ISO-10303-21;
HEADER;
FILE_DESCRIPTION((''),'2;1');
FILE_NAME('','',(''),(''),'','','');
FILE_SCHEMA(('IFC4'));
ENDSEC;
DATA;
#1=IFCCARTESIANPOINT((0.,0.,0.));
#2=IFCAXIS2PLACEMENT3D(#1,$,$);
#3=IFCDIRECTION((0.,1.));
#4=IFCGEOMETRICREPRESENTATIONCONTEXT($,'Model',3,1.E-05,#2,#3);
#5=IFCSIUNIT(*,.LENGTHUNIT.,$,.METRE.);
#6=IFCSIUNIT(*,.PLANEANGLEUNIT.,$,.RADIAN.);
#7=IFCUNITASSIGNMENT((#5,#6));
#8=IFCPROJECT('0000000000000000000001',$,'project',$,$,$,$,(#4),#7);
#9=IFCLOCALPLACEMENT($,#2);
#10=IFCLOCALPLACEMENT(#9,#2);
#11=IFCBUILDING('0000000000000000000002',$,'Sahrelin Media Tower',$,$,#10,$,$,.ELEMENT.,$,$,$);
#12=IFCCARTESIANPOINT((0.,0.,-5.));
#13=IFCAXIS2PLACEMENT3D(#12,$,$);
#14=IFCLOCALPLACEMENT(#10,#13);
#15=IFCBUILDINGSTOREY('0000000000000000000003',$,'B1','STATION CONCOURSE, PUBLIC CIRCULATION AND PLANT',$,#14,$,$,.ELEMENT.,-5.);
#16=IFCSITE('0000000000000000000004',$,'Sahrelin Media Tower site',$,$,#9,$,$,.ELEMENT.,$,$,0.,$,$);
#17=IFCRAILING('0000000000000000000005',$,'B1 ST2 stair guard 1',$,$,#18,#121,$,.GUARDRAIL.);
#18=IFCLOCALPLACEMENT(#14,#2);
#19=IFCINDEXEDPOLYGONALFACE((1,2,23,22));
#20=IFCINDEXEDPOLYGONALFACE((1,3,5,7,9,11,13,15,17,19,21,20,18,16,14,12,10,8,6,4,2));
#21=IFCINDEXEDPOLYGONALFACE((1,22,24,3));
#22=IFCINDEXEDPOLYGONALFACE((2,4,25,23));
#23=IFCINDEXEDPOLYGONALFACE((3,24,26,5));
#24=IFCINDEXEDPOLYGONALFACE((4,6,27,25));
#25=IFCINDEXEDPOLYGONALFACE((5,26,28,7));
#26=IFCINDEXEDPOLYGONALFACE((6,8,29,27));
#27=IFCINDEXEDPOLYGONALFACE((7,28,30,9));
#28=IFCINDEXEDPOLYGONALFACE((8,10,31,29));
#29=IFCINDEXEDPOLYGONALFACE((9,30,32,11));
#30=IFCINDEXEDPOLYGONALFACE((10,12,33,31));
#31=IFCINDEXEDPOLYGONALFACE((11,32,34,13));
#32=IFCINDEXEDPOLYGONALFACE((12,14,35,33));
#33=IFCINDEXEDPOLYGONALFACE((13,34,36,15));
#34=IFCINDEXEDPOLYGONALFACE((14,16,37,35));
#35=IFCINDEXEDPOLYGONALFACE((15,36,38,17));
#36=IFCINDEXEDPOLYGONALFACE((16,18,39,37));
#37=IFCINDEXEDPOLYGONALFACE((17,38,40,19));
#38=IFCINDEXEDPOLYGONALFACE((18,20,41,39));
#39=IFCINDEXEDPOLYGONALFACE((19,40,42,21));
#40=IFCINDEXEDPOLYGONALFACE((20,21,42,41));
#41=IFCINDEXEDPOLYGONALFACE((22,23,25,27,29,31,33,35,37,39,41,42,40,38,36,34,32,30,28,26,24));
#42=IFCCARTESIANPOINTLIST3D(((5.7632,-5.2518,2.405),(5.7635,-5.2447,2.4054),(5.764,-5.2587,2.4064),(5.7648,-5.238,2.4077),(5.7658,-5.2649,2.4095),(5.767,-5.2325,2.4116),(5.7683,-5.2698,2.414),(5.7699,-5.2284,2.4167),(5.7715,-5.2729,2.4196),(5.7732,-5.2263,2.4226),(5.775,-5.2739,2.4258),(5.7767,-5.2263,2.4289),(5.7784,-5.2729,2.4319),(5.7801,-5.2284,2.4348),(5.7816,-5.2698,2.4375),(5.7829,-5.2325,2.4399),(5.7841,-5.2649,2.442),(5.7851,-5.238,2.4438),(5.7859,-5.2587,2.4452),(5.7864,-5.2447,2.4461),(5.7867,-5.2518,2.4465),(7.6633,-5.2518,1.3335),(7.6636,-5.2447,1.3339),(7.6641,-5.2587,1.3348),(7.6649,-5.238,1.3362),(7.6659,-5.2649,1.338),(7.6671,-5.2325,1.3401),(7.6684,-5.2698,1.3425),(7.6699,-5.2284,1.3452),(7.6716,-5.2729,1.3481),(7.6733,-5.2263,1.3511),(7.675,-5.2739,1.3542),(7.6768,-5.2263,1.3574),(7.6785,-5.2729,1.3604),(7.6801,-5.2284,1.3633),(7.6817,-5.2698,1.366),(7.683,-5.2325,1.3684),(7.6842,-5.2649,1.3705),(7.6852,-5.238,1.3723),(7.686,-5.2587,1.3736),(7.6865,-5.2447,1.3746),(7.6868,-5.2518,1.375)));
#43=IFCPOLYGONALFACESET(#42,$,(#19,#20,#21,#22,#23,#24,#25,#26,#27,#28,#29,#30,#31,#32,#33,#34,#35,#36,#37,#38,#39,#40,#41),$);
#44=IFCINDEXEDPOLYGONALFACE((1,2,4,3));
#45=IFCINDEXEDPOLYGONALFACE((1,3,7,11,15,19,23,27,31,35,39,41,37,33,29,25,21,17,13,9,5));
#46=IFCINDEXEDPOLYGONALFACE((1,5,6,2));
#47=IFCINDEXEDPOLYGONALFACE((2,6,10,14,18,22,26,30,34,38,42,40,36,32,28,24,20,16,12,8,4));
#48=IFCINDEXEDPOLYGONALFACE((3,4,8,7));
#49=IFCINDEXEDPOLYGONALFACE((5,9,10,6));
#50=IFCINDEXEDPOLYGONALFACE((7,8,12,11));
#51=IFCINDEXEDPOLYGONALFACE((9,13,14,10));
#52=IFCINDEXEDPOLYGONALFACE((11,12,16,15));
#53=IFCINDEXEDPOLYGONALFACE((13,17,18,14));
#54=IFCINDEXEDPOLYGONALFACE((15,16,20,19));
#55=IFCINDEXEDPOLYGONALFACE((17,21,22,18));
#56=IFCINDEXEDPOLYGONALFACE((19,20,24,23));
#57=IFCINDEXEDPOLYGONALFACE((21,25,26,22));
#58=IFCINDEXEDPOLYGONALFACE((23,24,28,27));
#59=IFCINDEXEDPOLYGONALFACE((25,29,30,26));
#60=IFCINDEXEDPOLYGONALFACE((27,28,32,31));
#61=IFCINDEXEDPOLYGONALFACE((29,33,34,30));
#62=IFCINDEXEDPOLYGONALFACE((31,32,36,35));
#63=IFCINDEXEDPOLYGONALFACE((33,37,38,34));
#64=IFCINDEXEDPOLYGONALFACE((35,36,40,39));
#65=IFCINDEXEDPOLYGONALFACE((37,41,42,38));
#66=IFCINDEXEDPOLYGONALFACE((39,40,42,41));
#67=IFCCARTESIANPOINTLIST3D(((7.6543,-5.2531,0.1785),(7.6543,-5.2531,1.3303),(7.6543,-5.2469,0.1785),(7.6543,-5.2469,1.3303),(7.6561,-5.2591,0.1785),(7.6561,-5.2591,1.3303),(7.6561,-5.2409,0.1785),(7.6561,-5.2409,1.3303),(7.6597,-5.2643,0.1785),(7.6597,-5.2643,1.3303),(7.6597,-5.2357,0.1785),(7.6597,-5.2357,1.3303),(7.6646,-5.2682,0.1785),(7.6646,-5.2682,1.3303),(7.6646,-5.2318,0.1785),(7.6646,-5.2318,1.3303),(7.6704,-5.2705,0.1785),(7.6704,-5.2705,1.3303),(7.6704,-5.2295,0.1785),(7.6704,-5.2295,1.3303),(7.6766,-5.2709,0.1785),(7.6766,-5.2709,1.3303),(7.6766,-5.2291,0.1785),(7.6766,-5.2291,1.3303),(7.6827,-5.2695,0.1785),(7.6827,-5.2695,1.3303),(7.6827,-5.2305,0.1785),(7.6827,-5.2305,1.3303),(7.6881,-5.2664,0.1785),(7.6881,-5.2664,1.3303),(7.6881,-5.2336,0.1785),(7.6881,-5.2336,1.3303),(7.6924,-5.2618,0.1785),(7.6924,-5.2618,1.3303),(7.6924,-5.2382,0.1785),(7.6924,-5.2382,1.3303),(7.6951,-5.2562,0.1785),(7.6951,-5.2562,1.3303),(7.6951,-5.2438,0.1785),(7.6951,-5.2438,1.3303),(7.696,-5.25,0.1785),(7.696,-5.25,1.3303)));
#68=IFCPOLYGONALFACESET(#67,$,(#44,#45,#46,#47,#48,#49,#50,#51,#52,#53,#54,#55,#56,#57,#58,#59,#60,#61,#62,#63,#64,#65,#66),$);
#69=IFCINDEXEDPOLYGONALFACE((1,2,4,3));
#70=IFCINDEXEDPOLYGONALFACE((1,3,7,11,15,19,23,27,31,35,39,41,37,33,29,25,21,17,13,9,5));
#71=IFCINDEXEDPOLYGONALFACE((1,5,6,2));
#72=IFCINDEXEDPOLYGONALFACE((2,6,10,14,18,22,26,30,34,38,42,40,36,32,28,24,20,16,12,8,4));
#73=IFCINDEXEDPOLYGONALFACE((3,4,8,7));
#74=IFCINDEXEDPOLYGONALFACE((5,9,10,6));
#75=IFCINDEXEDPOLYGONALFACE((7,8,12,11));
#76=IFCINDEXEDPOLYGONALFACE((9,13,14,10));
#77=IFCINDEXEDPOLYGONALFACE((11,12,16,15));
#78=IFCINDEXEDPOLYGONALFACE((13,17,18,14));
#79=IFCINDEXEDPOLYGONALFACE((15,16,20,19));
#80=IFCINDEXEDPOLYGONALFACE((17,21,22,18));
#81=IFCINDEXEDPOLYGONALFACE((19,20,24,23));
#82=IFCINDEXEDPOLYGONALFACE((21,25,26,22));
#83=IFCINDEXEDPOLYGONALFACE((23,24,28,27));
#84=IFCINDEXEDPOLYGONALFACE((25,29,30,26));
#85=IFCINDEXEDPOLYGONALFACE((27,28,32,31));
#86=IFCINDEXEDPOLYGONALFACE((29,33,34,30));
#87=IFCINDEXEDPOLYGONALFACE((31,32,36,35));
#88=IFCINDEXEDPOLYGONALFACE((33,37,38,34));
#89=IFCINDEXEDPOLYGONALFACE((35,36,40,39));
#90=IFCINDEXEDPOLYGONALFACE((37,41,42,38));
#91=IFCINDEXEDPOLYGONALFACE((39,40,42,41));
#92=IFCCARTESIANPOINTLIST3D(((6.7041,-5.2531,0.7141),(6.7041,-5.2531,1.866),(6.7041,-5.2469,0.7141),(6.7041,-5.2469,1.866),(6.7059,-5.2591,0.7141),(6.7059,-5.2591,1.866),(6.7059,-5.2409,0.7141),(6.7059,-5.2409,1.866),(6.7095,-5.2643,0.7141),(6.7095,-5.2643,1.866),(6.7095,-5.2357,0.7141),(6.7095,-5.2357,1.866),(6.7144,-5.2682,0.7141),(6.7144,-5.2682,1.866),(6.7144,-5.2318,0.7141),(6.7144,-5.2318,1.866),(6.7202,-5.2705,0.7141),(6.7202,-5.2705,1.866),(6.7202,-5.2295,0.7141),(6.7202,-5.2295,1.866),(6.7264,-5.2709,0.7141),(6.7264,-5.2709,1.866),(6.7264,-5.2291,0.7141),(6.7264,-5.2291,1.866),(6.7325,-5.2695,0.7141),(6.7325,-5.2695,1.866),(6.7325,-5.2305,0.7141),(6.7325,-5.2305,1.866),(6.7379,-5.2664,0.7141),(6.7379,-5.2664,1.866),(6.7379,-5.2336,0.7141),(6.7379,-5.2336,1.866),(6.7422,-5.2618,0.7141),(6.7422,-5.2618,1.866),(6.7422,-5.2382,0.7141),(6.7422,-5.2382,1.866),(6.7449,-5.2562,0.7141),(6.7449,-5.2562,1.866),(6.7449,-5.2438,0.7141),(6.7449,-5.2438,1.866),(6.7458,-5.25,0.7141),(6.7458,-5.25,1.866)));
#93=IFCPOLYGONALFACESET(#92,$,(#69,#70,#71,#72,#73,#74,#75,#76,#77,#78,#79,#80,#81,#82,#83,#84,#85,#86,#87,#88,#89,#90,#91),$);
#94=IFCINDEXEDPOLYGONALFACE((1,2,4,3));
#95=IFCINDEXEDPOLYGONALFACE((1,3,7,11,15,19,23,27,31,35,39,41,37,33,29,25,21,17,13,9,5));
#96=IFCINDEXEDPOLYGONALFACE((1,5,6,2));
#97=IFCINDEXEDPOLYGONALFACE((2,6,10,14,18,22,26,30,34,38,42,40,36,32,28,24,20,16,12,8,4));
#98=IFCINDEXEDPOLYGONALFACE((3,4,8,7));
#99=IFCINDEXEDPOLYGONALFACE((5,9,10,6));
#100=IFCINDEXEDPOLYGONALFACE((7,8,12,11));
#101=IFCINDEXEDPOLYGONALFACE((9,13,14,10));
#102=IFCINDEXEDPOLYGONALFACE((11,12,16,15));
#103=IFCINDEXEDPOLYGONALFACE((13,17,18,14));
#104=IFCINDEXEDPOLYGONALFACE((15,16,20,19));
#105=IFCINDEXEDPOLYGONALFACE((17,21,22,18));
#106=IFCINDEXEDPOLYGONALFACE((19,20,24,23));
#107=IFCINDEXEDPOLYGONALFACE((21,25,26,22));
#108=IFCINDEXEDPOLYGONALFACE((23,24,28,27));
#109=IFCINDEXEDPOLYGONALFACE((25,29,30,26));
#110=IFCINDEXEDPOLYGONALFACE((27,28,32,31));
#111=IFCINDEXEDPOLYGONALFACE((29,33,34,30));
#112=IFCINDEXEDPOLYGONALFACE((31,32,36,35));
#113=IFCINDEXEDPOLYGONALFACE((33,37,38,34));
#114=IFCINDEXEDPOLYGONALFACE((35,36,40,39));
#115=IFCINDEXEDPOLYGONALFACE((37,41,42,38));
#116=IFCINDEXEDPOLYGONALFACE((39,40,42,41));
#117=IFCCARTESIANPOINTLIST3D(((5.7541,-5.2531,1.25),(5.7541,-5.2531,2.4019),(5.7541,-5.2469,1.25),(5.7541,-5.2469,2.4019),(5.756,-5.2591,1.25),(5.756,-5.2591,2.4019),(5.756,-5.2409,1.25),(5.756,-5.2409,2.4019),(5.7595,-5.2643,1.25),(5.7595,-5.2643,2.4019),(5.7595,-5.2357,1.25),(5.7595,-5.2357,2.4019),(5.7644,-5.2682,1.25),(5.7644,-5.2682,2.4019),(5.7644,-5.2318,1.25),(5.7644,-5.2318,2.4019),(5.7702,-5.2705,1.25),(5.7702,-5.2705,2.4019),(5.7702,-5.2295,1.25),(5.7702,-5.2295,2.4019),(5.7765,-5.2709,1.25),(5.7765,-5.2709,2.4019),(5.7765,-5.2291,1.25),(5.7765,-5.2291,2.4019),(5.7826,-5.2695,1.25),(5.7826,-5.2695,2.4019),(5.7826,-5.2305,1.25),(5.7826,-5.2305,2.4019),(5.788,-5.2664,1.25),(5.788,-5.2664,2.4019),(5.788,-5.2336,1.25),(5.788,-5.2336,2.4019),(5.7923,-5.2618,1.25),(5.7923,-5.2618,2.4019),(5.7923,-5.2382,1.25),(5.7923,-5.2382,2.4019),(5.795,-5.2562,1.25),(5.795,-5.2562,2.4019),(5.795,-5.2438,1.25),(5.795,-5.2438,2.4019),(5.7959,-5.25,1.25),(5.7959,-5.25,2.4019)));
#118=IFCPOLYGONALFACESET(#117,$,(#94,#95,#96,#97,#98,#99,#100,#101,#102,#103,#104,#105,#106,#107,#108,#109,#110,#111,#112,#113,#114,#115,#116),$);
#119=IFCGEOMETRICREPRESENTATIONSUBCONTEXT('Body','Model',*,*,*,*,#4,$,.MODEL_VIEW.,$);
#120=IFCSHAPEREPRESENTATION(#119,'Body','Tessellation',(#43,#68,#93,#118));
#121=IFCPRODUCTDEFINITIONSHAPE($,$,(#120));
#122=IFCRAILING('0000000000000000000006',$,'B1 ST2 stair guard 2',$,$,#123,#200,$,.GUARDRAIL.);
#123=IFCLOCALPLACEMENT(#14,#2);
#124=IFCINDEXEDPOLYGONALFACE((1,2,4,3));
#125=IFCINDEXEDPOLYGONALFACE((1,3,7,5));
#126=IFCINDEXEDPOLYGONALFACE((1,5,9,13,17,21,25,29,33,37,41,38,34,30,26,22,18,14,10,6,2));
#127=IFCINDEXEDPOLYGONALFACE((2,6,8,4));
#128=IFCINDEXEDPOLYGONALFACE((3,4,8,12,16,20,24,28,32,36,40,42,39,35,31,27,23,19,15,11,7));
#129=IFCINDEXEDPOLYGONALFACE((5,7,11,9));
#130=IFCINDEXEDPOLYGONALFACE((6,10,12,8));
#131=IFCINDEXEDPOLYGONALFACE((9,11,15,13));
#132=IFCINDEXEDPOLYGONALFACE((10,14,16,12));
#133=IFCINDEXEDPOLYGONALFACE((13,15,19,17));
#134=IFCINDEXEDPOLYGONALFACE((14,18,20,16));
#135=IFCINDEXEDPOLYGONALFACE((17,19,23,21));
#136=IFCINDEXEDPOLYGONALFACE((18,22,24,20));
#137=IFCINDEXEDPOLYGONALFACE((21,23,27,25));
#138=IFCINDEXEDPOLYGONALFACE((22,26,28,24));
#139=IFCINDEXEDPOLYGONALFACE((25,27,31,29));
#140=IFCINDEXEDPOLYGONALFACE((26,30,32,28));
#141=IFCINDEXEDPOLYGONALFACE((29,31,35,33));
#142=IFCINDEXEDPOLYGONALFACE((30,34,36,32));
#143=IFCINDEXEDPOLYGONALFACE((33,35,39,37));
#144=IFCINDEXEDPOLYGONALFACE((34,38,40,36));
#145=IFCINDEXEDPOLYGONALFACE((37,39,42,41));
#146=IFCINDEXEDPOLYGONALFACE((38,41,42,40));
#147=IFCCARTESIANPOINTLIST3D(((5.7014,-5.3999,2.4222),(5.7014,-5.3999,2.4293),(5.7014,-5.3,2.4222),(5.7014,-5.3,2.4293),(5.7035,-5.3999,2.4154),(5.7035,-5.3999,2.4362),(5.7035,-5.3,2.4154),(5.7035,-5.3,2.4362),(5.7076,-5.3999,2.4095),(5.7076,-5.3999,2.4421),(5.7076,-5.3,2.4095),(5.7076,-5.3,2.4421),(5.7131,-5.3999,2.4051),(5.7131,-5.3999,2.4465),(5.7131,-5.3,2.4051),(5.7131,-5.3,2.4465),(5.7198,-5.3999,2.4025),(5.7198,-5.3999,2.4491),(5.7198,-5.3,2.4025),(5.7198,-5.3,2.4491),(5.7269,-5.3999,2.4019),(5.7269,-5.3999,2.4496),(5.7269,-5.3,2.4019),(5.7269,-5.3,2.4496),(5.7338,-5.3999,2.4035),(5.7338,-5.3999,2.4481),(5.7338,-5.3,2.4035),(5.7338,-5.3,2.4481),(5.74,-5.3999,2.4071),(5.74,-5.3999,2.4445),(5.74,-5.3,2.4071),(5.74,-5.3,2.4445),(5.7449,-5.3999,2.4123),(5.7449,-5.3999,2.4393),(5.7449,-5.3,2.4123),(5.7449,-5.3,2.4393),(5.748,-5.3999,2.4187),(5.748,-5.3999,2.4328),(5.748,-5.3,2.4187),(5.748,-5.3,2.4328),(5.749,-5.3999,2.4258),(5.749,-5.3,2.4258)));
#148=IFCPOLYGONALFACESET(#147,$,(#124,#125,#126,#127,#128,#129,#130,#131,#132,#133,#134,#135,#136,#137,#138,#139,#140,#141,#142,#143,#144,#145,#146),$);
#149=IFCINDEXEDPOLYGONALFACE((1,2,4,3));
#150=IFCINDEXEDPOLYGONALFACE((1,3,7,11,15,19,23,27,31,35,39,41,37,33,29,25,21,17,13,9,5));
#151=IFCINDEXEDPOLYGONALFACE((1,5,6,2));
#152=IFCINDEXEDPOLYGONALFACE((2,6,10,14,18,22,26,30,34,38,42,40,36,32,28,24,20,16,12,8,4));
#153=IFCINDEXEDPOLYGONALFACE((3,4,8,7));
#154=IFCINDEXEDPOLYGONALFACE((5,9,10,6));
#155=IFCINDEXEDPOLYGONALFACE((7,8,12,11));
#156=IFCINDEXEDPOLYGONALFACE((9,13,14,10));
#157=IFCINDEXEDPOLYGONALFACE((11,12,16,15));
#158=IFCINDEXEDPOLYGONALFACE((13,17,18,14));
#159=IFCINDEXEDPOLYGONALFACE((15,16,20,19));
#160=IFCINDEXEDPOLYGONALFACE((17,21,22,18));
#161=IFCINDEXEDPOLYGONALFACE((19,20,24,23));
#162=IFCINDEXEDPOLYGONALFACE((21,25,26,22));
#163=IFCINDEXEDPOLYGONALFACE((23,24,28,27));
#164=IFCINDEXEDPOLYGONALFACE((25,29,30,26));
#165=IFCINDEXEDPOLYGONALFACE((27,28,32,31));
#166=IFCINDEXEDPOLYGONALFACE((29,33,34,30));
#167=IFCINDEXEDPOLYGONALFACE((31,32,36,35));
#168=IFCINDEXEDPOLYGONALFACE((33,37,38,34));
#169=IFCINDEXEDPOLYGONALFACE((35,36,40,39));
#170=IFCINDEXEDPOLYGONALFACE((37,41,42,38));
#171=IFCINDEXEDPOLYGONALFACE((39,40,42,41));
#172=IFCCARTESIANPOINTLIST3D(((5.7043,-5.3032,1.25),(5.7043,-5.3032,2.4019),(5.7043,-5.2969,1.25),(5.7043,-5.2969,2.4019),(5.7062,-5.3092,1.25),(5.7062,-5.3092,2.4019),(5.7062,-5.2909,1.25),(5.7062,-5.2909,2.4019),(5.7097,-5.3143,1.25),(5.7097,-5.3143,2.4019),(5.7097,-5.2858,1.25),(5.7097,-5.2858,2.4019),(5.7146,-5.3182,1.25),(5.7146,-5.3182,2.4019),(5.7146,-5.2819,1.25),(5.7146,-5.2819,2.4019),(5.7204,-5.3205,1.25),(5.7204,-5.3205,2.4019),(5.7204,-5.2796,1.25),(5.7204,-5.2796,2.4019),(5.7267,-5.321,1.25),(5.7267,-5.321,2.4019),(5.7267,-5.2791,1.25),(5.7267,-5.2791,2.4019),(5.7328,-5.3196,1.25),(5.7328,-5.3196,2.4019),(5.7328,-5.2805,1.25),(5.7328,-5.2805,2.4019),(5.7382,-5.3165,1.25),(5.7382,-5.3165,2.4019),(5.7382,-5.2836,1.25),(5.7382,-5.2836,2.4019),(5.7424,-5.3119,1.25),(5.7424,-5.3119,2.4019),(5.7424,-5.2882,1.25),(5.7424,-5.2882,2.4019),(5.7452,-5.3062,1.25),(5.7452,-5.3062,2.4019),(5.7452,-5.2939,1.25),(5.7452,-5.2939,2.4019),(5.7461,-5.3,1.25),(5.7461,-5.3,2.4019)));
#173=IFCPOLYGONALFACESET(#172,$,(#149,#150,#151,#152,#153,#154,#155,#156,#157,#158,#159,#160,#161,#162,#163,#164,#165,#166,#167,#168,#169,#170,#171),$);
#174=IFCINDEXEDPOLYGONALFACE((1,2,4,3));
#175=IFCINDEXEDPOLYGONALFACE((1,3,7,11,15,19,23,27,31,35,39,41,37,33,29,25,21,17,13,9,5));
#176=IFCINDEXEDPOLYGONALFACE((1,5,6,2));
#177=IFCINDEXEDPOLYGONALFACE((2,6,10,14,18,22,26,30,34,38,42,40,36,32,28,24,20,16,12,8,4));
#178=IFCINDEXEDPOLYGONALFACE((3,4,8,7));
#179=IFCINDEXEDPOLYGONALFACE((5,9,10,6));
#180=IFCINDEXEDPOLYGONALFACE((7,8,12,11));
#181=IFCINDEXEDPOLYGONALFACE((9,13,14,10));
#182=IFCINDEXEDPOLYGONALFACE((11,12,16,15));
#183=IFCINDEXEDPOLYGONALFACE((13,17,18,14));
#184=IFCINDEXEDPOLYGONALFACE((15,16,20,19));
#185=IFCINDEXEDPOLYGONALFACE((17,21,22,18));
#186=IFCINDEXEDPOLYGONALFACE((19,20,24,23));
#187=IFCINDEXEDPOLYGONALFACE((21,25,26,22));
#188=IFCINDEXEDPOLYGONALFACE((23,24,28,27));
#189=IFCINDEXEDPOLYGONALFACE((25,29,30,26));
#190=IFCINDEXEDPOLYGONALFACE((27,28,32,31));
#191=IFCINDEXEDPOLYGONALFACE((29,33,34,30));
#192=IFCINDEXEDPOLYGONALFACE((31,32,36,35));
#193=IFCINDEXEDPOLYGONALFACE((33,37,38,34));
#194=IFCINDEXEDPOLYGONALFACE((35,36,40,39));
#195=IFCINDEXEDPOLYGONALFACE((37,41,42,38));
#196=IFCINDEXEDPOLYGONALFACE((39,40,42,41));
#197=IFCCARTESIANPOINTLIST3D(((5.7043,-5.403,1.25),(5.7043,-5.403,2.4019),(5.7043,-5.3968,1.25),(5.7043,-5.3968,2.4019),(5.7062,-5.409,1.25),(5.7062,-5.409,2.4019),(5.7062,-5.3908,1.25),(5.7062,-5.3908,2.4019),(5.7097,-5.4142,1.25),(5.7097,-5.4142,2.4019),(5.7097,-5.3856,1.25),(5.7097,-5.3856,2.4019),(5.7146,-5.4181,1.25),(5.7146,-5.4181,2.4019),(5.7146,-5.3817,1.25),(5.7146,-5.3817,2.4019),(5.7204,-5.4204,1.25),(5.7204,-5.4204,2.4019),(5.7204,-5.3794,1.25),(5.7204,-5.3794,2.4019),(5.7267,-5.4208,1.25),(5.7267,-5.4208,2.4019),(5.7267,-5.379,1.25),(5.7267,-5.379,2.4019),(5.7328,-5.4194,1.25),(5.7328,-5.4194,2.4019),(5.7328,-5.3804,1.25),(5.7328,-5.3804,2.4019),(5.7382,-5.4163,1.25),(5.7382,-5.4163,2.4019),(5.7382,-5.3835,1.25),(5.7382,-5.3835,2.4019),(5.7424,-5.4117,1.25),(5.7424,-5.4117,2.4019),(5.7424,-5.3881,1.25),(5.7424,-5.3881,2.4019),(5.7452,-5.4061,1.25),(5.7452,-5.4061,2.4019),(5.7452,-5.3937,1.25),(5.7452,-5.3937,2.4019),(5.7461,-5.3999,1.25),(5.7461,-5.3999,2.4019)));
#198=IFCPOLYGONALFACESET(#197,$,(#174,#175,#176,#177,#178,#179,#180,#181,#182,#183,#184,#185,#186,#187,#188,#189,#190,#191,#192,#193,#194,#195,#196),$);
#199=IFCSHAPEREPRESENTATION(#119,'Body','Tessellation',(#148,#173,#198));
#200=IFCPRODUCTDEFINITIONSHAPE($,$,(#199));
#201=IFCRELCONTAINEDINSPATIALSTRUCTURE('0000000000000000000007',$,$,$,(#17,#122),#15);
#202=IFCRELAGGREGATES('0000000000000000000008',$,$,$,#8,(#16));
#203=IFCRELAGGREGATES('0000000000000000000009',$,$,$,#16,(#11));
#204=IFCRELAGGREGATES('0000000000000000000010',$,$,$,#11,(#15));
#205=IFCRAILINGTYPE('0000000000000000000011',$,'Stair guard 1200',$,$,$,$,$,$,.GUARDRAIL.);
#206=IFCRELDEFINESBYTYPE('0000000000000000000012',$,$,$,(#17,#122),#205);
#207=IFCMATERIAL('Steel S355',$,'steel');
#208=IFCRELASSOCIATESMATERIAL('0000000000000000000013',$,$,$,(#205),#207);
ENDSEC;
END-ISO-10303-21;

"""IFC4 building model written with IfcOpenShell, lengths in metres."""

from ifc_helpers import new_model, si_unit, direction, frame, origin, origin_2d, place, context, subcontext, project, spatial, circle, extrude, material, type_object, element, save


model = new_model("IFC4")

# Units and contexts
model_context = context("Model", 3, precision=1e-05, world=origin(), true_north=direction((0.0, 1.0)))
body_context = subcontext(model_context, "Body", "Model", "MODEL_VIEW")
ifc_project = project(units=[si_unit("LENGTHUNIT", "METRE"), si_unit("PLANEANGLEUNIT", "RADIAN")], contexts=[model_context])

# Site, building, storey
site_placement = place(None, origin())
site = spatial("IfcSite", under=ifc_project, at=site_placement, Name="Sahrelin Media Tower site", CompositionType="ELEMENT", RefElevation=0.0)
building_placement = place(site_placement, origin())
building = spatial("IfcBuilding", under=site, at=building_placement, Name="Sahrelin Media Tower", CompositionType="ELEMENT")
storey_placement = place(building_placement, frame((0.0, 0.0, -5.0)))
storey = spatial("IfcBuildingStorey", under=building, at=storey_placement, Name="B1", Description="STATION CONCOURSE, PUBLIC CIRCULATION AND PLANT", CompositionType="ELEMENT", Elevation=-5.0)

# Railings
ifc_material_1 = material(Name="Steel S355", Category="steel")
railing_type_1 = type_object("IfcRailingType", Name="Stair guard 1200", PredefinedType="GUARDRAIL", material=ifc_material_1)
railing_1_placement = place(storey_placement, frame((7.675, -5.25, 0.1785)))
element("IfcRailing", 1, at=railing_1_placement, inside=storey, type_object=railing_type_1, Name="B1 ST2 stair guard 1", PredefinedType="GUARDRAIL", context=body_context, shape_type="SweptSolid", body=[
    extrude(circle(Radius=0.0239, at=origin_2d()), frame((0.0, 0.0, 1.1758), z_axis=(-0.871046, 0.0, 0.491201), x_axis=(0.0, -1.0, 0.0)), (0.0, 0.0, 1.0), 2.1814),
    extrude(circle(Radius=0.021, at=origin_2d()), origin(), (0.0, 0.0, 1.0), 1.1519),
    extrude(circle(Radius=0.021, at=origin_2d()), frame((-0.9502, 0.0, 0.5356)), (0.0, 0.0, 1.0), 1.1519),
    extrude(circle(Radius=0.021, at=origin_2d()), frame((-1.9001, 0.0, 1.0715)), (0.0, 0.0, 1.0), 1.1519),
])
railing_2_placement = place(storey_placement, frame((5.7251, -5.3, 1.25)))
element("IfcRailing", 2, at=railing_2_placement, inside=storey, type_object=railing_type_1, Name="B1 ST2 stair guard 2", PredefinedType="GUARDRAIL", context=body_context, shape_type="SweptSolid", body=[
    extrude(circle(Radius=0.0239, at=origin_2d()), frame((0.0, 0.0, 1.1758), z_axis=(0.0, -1.0, 0.0), x_axis=(1.0, 0.0, 0.0)), (0.0, 0.0, 1.0), 0.0999),
    extrude(circle(Radius=0.021, at=origin_2d()), origin(), (0.0, 0.0, 1.0), 1.1519),
    extrude(circle(Radius=0.021, at=origin_2d()), frame((0.0, -0.0999, 0.0)), (0.0, 0.0, 1.0), 1.1519),
])

save(model, "model.ifc")
